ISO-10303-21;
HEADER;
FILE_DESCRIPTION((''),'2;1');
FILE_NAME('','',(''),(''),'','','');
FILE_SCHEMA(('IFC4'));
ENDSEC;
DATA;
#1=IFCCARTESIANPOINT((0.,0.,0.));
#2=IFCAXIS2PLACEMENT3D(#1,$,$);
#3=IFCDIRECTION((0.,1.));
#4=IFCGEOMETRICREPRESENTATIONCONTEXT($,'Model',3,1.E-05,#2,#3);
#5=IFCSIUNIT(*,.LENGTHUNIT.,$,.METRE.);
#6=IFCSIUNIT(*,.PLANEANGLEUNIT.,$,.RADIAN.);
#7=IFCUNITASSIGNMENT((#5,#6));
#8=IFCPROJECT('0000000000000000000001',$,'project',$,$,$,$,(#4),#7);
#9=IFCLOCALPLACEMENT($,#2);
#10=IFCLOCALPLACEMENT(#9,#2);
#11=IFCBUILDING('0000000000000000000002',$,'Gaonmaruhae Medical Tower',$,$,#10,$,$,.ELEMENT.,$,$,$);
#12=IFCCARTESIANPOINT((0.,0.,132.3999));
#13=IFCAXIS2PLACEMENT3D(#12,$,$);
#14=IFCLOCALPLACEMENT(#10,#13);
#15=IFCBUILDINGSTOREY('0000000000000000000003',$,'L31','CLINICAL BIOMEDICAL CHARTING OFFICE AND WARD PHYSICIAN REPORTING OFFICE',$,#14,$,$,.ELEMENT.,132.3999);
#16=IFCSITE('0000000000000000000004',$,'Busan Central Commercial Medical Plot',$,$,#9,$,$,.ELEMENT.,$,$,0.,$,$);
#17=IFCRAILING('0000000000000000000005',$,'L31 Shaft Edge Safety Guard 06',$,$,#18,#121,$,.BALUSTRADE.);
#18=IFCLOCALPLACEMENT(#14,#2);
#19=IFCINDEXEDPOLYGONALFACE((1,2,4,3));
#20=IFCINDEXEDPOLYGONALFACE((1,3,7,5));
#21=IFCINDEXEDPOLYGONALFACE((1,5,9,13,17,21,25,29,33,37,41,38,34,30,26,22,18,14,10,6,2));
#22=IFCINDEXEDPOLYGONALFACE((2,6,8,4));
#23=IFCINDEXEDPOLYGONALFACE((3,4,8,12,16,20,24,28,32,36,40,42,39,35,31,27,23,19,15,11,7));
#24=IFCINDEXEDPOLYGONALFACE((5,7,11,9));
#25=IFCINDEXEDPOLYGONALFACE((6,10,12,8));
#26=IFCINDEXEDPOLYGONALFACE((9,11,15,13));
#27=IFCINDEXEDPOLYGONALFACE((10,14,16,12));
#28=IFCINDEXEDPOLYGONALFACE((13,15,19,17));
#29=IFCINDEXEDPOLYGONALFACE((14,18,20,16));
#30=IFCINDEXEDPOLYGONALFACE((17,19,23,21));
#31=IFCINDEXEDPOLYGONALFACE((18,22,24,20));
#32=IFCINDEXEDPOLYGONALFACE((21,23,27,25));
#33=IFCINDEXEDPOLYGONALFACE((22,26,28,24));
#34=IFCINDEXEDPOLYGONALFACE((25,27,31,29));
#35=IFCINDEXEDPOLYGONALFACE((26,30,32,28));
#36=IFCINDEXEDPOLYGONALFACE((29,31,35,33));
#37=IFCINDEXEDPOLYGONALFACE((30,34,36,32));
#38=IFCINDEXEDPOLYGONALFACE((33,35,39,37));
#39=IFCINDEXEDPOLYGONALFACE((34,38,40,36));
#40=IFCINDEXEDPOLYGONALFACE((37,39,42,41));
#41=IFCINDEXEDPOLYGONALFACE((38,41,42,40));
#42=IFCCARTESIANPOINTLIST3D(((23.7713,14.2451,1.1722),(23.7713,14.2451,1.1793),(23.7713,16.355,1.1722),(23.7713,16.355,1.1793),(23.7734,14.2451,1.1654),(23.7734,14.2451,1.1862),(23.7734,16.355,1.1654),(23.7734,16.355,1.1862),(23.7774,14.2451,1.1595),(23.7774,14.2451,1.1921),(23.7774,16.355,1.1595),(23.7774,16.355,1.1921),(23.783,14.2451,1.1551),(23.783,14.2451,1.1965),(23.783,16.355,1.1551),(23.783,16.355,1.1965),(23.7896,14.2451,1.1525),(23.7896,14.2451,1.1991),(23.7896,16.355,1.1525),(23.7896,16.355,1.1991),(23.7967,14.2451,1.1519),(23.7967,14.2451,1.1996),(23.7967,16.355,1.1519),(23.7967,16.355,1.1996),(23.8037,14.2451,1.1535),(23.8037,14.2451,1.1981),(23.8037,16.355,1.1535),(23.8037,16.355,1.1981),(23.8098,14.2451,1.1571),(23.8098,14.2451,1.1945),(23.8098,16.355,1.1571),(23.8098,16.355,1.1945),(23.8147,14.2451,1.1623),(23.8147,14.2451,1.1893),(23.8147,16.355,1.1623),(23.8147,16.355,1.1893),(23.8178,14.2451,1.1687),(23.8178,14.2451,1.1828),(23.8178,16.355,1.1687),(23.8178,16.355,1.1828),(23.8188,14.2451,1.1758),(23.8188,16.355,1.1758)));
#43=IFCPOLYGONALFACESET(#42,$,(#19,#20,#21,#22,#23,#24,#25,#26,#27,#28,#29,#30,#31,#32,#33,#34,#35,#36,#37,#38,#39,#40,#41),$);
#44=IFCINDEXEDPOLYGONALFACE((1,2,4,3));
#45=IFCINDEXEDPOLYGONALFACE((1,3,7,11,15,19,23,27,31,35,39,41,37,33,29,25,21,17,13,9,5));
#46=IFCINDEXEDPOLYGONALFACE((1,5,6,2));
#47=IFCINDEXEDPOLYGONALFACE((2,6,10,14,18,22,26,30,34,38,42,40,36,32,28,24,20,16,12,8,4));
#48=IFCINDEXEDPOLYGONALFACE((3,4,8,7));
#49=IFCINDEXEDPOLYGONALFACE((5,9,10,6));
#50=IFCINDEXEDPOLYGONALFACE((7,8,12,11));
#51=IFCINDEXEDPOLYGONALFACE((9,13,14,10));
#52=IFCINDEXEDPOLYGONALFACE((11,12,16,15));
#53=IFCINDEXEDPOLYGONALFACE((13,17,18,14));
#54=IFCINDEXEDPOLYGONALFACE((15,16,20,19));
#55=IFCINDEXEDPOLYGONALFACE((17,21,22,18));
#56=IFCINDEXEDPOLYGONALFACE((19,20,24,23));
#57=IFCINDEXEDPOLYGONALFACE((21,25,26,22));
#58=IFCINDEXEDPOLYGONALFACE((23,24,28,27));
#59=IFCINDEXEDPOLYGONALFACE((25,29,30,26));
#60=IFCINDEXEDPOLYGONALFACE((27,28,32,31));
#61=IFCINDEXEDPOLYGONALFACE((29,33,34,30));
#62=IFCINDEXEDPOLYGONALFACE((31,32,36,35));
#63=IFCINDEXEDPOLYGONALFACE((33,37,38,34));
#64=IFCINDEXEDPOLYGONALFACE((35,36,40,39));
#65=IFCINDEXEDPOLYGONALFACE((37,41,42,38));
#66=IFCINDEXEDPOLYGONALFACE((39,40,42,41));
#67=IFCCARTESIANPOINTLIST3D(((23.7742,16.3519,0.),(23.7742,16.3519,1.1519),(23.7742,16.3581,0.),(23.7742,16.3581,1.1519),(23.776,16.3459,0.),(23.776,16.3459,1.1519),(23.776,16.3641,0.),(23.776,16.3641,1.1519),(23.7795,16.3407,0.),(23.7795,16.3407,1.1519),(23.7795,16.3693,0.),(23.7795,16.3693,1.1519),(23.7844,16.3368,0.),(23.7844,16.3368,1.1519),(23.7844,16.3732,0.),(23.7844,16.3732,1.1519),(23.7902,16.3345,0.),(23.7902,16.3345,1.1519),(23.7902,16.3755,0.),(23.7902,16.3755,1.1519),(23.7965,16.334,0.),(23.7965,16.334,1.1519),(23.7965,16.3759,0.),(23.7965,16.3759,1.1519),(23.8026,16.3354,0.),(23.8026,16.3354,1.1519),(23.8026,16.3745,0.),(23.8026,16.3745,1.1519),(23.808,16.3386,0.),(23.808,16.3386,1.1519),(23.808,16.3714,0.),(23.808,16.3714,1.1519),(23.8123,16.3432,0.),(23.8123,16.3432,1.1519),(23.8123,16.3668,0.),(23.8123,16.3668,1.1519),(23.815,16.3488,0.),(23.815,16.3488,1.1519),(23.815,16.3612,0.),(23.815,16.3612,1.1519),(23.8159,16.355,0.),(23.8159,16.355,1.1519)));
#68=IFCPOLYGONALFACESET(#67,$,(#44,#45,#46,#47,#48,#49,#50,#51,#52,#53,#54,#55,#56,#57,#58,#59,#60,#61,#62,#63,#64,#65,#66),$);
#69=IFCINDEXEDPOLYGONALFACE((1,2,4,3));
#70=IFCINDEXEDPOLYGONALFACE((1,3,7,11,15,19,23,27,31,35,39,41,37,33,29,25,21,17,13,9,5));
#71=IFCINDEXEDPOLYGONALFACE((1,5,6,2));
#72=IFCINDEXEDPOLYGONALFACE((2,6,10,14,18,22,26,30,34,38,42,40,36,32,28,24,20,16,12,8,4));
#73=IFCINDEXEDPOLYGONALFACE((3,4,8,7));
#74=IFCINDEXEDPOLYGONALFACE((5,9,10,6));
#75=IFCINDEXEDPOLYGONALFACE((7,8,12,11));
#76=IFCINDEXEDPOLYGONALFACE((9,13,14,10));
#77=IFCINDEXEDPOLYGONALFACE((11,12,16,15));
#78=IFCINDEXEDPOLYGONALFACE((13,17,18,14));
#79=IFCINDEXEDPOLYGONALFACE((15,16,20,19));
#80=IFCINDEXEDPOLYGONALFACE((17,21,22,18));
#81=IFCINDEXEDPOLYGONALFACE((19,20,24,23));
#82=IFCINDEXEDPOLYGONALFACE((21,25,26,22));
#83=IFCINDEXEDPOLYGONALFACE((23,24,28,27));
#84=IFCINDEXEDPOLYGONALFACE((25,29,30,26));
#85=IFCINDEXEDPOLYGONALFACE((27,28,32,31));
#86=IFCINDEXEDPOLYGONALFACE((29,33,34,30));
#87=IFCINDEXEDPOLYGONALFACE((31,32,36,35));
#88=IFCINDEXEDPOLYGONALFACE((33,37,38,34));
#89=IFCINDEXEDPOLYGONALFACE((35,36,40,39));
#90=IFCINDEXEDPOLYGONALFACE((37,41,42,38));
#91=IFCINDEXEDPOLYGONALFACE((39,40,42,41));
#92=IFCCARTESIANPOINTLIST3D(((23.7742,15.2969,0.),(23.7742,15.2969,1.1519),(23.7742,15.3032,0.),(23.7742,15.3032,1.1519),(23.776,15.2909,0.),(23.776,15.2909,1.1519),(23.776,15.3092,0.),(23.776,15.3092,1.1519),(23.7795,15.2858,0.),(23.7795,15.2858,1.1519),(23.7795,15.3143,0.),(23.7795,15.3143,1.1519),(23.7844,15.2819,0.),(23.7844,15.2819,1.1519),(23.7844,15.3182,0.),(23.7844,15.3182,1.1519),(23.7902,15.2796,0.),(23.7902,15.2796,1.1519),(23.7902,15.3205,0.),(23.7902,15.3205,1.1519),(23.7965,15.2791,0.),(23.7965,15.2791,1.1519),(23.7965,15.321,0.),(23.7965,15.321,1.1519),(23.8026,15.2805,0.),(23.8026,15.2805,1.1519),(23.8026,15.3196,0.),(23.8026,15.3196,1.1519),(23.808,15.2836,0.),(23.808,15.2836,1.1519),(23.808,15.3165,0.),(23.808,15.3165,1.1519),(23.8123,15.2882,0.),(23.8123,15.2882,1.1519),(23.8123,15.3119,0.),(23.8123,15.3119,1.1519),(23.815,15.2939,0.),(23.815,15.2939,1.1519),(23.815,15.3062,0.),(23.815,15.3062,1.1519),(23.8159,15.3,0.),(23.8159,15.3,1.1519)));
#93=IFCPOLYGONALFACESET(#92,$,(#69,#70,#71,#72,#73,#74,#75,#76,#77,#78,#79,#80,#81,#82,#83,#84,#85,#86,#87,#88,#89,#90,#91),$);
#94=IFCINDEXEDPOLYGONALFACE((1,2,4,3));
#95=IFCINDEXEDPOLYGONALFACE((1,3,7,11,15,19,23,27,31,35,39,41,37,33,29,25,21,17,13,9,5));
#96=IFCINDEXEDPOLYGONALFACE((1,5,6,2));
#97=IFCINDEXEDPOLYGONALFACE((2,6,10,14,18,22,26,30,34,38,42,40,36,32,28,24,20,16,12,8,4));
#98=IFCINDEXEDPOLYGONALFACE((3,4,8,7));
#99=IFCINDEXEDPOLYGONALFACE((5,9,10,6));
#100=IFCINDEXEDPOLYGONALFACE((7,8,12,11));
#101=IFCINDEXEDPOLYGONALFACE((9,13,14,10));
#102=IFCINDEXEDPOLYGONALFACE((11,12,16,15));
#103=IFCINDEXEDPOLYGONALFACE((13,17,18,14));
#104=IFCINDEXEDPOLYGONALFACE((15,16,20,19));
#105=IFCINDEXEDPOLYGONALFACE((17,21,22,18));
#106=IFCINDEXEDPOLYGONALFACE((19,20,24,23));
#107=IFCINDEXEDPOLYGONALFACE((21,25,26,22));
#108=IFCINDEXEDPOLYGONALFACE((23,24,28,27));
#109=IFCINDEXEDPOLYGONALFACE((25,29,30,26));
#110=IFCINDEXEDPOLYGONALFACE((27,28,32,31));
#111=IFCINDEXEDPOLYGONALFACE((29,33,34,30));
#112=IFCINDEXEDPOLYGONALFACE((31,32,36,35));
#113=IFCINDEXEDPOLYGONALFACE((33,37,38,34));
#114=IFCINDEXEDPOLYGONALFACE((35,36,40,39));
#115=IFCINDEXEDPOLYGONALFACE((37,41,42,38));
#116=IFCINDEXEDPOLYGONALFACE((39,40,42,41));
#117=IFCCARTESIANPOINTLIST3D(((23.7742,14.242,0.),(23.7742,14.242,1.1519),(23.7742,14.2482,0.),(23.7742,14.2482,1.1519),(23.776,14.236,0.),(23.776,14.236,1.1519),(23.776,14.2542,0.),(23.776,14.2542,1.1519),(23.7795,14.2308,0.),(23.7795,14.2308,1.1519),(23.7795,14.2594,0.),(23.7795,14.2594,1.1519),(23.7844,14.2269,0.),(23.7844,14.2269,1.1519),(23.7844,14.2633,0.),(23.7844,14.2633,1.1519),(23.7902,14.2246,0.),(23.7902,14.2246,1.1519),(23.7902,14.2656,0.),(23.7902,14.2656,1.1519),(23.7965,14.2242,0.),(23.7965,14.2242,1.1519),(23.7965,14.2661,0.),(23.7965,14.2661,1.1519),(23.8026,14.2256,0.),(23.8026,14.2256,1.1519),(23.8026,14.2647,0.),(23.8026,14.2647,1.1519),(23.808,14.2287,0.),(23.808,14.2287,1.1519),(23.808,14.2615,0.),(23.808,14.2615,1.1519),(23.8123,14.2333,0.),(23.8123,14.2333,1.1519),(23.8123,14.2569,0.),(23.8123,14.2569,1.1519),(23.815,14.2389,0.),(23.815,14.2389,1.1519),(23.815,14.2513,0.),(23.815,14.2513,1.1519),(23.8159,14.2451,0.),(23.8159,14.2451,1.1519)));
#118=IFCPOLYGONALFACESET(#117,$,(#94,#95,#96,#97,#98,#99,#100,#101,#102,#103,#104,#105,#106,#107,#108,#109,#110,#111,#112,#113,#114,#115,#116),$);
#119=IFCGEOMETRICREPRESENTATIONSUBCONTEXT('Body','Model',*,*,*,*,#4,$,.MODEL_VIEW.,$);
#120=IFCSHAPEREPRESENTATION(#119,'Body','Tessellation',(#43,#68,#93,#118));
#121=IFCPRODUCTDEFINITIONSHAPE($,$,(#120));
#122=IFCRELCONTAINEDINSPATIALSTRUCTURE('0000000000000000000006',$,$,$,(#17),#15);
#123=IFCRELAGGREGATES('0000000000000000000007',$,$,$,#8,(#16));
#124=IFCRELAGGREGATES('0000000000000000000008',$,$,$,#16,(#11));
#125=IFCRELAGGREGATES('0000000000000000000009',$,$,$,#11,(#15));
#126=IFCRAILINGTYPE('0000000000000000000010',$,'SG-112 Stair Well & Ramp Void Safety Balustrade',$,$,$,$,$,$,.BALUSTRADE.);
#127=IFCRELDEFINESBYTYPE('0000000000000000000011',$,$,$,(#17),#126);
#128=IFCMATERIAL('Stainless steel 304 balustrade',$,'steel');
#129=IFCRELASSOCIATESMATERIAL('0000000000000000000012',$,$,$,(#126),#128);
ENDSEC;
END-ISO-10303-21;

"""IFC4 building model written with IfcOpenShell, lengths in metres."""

from ifc_helpers import new_model, si_unit, direction, frame, origin, origin_2d, place, context, subcontext, project, spatial, circle, extrude, material, type_object, element, save


model = new_model("IFC4")

# Units and contexts
model_context = context("Model", 3, precision=1e-05, world=origin(), true_north=direction((0.0, 1.0)))
body_context = subcontext(model_context, "Body", "Model", "MODEL_VIEW")
ifc_project = project(units=[si_unit("LENGTHUNIT", "METRE"), si_unit("PLANEANGLEUNIT", "RADIAN")], contexts=[model_context])

# Site, building, storey
site_placement = place(None, origin())
site = spatial("IfcSite", under=ifc_project, at=site_placement, Name="Busan Central Commercial Medical Plot", CompositionType="ELEMENT", RefElevation=0.0)
building_placement = place(site_placement, origin())
building = spatial("IfcBuilding", under=site, at=building_placement, Name="Gaonmaruhae Medical Tower", CompositionType="ELEMENT")
storey_placement = place(building_placement, frame((0.0, 0.0, 132.3999)))
storey = spatial("IfcBuildingStorey", under=building, at=storey_placement, Name="L31", Description="CLINICAL BIOMEDICAL CHARTING OFFICE AND WARD PHYSICIAN REPORTING OFFICE", CompositionType="ELEMENT", Elevation=132.3999)

# Railing
ifc_material_1 = material(Name="Stainless steel 304 balustrade", Category="steel")
railing_type_1 = type_object("IfcRailingType", Name="SG-112 Stair Well & Ramp Void Safety Balustrade", PredefinedType="BALUSTRADE", material=ifc_material_1)
railing_1_placement = place(storey_placement, frame((23.7949, 16.355, 0.0)))
element("IfcRailing", 1, at=railing_1_placement, inside=storey, type_object=railing_type_1, Name="L31 Shaft Edge Safety Guard 06", PredefinedType="BALUSTRADE", context=body_context, shape_type="SweptSolid", body=[
    extrude(circle(Radius=0.0239, at=origin_2d()), frame((0.0, 0.0, 1.1758), z_axis=(0.0, -1.0, 0.0), x_axis=(1.0, 0.0, 0.0)), (0.0, 0.0, 1.0), 2.1099),
    extrude(circle(Radius=0.021, at=origin_2d()), origin(), (0.0, 0.0, 1.0), 1.1519),
    extrude(circle(Radius=0.021, at=origin_2d()), frame((0.0, -1.0549, 0.0)), (0.0, 0.0, 1.0), 1.1519),
    extrude(circle(Radius=0.021, at=origin_2d()), frame((0.0, -2.1099, 0.0)), (0.0, 0.0, 1.0), 1.1519),
])

save(model, "model.ifc")
